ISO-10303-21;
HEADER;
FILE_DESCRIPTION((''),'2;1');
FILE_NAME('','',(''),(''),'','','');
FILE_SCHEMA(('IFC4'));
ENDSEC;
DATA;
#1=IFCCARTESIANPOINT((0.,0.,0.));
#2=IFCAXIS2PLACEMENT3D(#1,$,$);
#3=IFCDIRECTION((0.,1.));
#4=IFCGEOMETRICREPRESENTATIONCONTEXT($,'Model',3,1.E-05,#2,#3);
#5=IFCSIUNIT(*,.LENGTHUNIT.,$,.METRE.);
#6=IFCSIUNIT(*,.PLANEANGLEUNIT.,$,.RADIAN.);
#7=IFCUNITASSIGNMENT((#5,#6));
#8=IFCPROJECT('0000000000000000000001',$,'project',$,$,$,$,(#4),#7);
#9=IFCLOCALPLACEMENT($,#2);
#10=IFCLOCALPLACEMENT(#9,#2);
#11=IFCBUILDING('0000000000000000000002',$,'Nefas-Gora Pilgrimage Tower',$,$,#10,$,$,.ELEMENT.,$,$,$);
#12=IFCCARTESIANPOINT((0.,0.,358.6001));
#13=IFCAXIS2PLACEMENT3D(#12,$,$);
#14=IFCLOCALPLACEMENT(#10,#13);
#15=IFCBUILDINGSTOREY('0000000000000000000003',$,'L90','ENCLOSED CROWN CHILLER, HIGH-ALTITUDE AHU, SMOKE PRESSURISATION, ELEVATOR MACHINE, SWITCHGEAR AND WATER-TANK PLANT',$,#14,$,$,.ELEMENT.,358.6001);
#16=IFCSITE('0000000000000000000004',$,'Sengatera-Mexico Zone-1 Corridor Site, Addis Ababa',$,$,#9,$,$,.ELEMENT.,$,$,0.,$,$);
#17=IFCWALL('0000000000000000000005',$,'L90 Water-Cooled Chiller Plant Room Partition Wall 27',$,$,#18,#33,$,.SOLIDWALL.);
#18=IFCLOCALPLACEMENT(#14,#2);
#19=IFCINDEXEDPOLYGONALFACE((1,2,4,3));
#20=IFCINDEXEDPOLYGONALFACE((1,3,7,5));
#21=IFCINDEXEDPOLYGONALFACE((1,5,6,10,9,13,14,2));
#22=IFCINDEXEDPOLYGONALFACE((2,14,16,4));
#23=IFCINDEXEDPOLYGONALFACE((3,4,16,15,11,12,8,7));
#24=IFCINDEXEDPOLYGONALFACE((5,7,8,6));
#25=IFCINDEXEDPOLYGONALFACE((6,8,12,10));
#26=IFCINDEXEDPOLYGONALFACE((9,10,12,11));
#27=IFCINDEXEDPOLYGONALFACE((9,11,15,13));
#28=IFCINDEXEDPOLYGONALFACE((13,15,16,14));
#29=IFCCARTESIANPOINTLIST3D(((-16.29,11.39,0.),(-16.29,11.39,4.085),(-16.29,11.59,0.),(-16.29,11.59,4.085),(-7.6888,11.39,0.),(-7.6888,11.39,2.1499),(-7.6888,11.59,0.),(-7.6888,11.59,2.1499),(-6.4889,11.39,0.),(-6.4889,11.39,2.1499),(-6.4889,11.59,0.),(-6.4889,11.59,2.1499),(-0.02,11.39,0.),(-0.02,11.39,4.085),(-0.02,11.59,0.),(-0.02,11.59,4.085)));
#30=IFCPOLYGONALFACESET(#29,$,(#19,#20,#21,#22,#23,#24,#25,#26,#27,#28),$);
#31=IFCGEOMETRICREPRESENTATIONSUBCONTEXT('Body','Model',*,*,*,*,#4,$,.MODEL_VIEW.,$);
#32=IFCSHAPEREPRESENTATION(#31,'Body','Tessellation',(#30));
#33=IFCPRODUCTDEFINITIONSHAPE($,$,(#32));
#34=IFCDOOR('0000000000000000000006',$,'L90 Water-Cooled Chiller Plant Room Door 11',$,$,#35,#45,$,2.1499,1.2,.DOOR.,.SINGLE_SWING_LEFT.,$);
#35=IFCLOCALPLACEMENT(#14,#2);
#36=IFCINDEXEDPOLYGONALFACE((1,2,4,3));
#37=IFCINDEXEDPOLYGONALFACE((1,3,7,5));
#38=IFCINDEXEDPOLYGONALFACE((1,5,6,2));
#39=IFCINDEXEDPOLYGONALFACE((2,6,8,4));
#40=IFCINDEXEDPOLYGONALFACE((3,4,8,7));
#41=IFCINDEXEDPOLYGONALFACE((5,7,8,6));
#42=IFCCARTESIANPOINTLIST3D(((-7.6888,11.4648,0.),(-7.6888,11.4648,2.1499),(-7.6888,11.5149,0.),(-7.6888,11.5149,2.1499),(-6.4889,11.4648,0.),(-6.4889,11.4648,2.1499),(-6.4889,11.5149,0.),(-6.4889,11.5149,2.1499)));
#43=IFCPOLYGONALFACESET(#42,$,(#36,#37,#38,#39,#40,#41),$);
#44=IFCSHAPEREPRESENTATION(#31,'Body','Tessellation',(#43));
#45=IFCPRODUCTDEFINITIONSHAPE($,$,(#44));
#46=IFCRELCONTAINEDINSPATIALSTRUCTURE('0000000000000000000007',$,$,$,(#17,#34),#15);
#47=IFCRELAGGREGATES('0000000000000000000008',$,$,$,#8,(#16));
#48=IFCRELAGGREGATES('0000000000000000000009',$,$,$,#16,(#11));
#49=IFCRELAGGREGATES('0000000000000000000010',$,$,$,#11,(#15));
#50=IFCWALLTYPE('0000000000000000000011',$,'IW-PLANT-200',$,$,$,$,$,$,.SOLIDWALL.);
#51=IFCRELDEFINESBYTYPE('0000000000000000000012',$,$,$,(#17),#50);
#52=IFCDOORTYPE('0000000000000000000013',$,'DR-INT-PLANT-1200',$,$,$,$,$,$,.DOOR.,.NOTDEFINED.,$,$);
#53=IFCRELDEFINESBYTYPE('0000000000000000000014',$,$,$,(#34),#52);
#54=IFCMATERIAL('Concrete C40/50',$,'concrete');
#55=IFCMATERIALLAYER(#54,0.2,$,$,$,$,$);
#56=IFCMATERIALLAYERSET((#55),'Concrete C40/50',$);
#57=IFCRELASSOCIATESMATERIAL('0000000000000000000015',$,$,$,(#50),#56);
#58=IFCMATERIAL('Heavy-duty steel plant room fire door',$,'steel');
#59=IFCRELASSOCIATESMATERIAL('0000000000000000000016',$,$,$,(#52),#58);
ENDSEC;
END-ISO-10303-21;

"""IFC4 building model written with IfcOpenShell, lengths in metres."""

from ifc_helpers import new_model, si_unit, direction, frame, frame_2d, origin, place, context, subcontext, project, spatial, rectangle, extrude, source, transform, mapped, material, layer, layer_set, type_object, element, fill, save


model = new_model("IFC4")

# Units and contexts
model_context = context("Model", 3, precision=1e-05, world=origin(), true_north=direction((0.0, 1.0)))
body_context = subcontext(model_context, "Body", "Model", "MODEL_VIEW")
ifc_project = project(units=[si_unit("LENGTHUNIT", "METRE"), si_unit("PLANEANGLEUNIT", "RADIAN")], contexts=[model_context])

# Site, building, storey
site_placement = place(None, origin())
site = spatial("IfcSite", under=ifc_project, at=site_placement, Name="Sengatera-Mexico Zone-1 Corridor Site, Addis Ababa", CompositionType="ELEMENT", RefElevation=0.0)
building_placement = place(site_placement, origin())
building = spatial("IfcBuilding", under=site, at=building_placement, Name="Nefas-Gora Pilgrimage Tower", CompositionType="ELEMENT")
storey_placement = place(building_placement, frame((0.0, 0.0, 358.6001)))
storey = spatial("IfcBuildingStorey", under=building, at=storey_placement, Name="L90", Description="ENCLOSED CROWN CHILLER, HIGH-ALTITUDE AHU, SMOKE PRESSURISATION, ELEVATOR MACHINE, SWITCHGEAR AND WATER-TANK PLANT", CompositionType="ELEMENT", Elevation=358.6001)

# Wall, opening, door
ifc_material_1 = material(Name="Concrete C40/50", Category="concrete")
ifc_layer_1 = layer(ifc_material_1, 0.2)
ifc_layer_set_1 = layer_set([ifc_layer_1], Name="Concrete C40/50")
wall_type_1 = type_object("IfcWallType", Name="IW-PLANT-200", PredefinedType="SOLIDWALL", material=ifc_layer_set_1)
shared_shape_1 = source(origin(), body_context, "Body", "SweptSolid", [
    extrude(rectangle(XDim=16.27, YDim=0.2, at=frame_2d((8.135, 0.0))), origin(), (0.0, 0.0, 1.0), 4.085),
])
wall_1_placement = place(storey_placement, frame((-16.29, 11.49, 0.0), z_axis=(0.0, 0.0, 1.0), x_axis=(1.0, 0.0, 0.0)))
wall_1 = element("IfcWall", 1, at=wall_1_placement, inside=storey, type_object=wall_type_1, Name="L90 Water-Cooled Chiller Plant Room Partition Wall 27", PredefinedType="SOLIDWALL", context=body_context, shape_type="MappedRepresentation", body=[
    mapped(shared_shape_1, transform((0.0, 0.0, 0.0), x_axis=(1.0, 0.0, 0.0), y_axis=(0.0, 1.0, 0.0), z_axis=(0.0, 0.0, 1.0), scale=1.0)),
])
opening_placement = place(wall_1_placement, frame((8.6011, 0.0, 0.0)))
opening = element("IfcOpeningElement", 2, at=opening_placement, cuts=wall_1, PredefinedType="OPENING", context=body_context, shape_type="SweptSolid", body=[
    extrude(rectangle(XDim=1.2, YDim=2.1499, at=frame_2d((0.6001, 1.075))), frame((0.0, 0.1099, 0.0), z_axis=(0.0, -1.0, 0.0), x_axis=(1.0, 0.0, 0.0)), (0.0, 0.0, 1.0), 0.22),
])
ifc_material_2 = material(Name="Heavy-duty steel plant room fire door", Category="steel")
door_type = type_object("IfcDoorType", Name="DR-INT-PLANT-1200", OperationType="NOTDEFINED", PredefinedType="DOOR", material=ifc_material_2)
shared_shape_2 = source(origin(), body_context, "Body", "SweptSolid", [
    extrude(rectangle(XDim=1.2, YDim=2.1499, at=frame_2d((0.6001, 1.075))), frame((0.0, 0.0249, 0.0), z_axis=(0.0, -1.0, 0.0), x_axis=(1.0, 0.0, 0.0)), (0.0, 0.0, 1.0), 0.05),
])
door_placement = place(opening_placement, origin())
door = element("IfcDoor", 3, at=door_placement, inside=storey, type_object=door_type, Name="L90 Water-Cooled Chiller Plant Room Door 11", OperationType="SINGLE_SWING_LEFT", OverallHeight=2.1499, OverallWidth=1.2, PredefinedType="DOOR", context=body_context, shape_type="MappedRepresentation", body=[
    mapped(shared_shape_2, transform((0.0, 0.0, 0.0), x_axis=(1.0, 0.0, 0.0), y_axis=(0.0, 1.0, 0.0), z_axis=(0.0, 0.0, 1.0), scale=1.0)),
])
fill(opening, door)

save(model, "model.ifc")
